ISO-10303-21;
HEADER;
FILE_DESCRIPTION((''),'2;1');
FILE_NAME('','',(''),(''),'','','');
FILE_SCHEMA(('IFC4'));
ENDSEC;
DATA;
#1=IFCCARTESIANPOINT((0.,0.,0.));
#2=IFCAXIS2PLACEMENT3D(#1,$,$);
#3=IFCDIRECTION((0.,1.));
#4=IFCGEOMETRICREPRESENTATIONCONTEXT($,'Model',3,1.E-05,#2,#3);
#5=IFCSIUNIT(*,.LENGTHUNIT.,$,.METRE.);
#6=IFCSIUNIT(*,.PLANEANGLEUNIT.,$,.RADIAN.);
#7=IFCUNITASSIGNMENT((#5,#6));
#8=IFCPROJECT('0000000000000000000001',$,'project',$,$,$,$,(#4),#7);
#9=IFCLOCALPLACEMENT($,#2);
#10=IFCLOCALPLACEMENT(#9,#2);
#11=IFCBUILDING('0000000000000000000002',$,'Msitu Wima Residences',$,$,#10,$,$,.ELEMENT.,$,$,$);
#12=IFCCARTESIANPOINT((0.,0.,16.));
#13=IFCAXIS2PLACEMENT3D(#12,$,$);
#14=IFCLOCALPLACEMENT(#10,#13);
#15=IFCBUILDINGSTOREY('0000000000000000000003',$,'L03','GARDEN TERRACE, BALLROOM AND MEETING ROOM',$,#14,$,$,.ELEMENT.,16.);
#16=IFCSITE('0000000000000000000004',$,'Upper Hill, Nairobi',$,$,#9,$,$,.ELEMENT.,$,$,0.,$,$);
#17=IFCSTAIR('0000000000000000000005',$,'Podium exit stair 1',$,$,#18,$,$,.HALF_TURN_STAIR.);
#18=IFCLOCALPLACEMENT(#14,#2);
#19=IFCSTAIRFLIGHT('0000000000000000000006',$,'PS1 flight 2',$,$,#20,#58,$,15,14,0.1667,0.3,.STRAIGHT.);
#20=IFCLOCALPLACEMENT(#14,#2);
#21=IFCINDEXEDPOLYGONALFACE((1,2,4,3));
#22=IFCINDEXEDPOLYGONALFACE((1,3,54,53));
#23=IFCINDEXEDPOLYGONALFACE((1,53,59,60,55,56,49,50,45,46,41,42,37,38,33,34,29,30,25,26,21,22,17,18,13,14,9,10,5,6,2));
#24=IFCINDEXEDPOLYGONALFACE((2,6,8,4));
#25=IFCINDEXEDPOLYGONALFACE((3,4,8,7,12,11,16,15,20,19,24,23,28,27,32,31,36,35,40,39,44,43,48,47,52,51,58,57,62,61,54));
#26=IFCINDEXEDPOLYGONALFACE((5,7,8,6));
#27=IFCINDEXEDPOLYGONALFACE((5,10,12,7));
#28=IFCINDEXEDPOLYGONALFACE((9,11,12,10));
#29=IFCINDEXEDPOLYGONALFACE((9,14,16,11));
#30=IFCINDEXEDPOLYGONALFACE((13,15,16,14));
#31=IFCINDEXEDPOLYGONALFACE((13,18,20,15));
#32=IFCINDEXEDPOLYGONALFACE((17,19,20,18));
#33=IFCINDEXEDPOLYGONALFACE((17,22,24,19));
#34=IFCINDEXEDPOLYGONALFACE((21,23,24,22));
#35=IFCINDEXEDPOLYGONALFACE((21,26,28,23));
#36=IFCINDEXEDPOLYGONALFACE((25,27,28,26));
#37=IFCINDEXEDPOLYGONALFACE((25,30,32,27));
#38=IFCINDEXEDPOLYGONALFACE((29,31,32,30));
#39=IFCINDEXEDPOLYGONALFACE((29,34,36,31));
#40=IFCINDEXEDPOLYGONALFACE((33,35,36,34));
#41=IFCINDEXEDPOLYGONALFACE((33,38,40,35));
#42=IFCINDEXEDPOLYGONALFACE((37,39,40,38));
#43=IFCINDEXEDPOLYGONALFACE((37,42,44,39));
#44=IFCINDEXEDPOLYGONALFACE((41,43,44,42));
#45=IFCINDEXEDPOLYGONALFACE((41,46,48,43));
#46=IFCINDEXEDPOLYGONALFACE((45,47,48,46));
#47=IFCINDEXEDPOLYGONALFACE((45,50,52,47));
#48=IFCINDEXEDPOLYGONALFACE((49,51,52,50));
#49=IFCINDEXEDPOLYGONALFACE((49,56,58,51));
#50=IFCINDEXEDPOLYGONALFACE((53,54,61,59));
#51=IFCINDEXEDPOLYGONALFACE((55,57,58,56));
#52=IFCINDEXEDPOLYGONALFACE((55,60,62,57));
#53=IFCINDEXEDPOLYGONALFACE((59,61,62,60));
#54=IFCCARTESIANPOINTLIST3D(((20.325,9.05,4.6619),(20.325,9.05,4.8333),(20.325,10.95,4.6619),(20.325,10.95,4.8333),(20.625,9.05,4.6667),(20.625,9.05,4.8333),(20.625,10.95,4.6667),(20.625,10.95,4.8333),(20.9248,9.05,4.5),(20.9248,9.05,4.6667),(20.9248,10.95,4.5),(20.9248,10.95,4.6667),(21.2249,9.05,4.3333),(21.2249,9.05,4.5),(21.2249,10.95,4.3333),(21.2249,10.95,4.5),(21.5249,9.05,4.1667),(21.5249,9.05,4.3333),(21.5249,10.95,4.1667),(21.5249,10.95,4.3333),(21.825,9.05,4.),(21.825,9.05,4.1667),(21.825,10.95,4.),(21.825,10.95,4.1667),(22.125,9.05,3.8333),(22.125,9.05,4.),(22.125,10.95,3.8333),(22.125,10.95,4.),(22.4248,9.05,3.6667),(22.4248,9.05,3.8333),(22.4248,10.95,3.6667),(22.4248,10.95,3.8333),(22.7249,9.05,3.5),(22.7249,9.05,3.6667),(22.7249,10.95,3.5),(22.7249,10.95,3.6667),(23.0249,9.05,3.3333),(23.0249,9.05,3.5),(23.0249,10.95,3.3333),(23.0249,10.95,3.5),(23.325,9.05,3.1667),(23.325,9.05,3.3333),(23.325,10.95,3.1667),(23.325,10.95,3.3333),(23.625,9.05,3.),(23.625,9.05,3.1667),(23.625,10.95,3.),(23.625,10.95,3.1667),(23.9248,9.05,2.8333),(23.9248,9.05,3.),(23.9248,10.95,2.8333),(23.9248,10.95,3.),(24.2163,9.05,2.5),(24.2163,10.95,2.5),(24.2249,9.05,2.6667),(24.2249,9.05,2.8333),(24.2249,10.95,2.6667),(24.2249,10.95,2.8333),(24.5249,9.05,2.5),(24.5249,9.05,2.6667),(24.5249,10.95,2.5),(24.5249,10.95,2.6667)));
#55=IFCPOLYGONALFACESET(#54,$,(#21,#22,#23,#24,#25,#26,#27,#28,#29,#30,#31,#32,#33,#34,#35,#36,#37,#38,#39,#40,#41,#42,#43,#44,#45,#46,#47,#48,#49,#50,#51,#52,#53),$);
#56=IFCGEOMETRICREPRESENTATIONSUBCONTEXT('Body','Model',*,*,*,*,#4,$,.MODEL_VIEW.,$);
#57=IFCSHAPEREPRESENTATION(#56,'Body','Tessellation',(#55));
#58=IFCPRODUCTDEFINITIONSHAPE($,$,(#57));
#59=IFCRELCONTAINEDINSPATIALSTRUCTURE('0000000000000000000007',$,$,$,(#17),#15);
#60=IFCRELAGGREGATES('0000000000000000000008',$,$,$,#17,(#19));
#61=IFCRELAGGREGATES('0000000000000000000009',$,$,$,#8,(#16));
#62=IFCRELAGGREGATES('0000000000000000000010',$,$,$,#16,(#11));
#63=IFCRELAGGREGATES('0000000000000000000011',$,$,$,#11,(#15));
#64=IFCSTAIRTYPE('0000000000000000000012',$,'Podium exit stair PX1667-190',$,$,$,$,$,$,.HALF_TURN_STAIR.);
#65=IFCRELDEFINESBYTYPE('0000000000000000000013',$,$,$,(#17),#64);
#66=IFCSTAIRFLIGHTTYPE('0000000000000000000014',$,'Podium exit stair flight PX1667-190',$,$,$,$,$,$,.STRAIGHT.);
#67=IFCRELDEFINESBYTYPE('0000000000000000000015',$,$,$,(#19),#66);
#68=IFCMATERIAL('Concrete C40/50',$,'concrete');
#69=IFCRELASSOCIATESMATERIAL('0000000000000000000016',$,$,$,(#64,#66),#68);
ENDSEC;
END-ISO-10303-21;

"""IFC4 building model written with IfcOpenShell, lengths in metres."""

from ifc_helpers import new_model, si_unit, direction, frame, origin, place, context, subcontext, project, spatial, polyline, outline, extrude, material, type_object, element, aggregate, save


model = new_model("IFC4")

# Units and contexts
model_context = context("Model", 3, precision=1e-05, world=origin(), true_north=direction((0.0, 1.0)))
body_context = subcontext(model_context, "Body", "Model", "MODEL_VIEW")
ifc_project = project(units=[si_unit("LENGTHUNIT", "METRE"), si_unit("PLANEANGLEUNIT", "RADIAN")], contexts=[model_context])

# Site, building, storey
site_placement = place(None, origin())
site = spatial("IfcSite", under=ifc_project, at=site_placement, Name="Upper Hill, Nairobi", CompositionType="ELEMENT", RefElevation=0.0)
building_placement = place(site_placement, origin())
building = spatial("IfcBuilding", under=site, at=building_placement, Name="Msitu Wima Residences", CompositionType="ELEMENT")
storey_placement = place(building_placement, frame((0.0, 0.0, 16.0)))
storey = spatial("IfcBuildingStorey", under=building, at=storey_placement, Name="L03", Description="GARDEN TERRACE, BALLROOM AND MEETING ROOM", CompositionType="ELEMENT", Elevation=16.0)

# Shared definitions
ifc_material_1 = material(Name="Concrete C40/50", Category="concrete")

# Stair, stair flight
stair_type = type_object("IfcStairType", Name="Podium exit stair PX1667-190", PredefinedType="HALF_TURN_STAIR", material=ifc_material_1)
stair_placement = place(storey_placement, origin())
stair = element("IfcStair", 1, at=stair_placement, inside=storey, type_object=stair_type, Name="Podium exit stair 1", PredefinedType="HALF_TURN_STAIR")
stair_flight_type = type_object("IfcStairFlightType", Name="Podium exit stair flight PX1667-190", PredefinedType="STRAIGHT", material=ifc_material_1)
stair_flight_1_placement = place(storey_placement, frame((24.5249, 10.0, 2.5), z_axis=(0.0, 0.0, 1.0), x_axis=(-1.0, 0.0, 0.0)))
stair_flight_1 = element("IfcStairFlight", 2, at=stair_flight_1_placement, type_object=stair_flight_type, Name="PS1 flight 2", NumberOfRisers=15, NumberOfTreads=14, PredefinedType="STRAIGHT", RiserHeight=0.1667, TreadLength=0.3, context=body_context, shape_type="SweptSolid", body=[
    extrude(outline(polyline([(0.0, 0.0), (0.0, 0.1667), (0.3, 0.1667), (0.3, 0.3333), (0.6001, 0.3333), (0.6001, 0.5), (0.8999, 0.5), (0.8999, 0.6667), (1.2, 0.6667), (1.2, 0.8333), (1.5, 0.8333), (1.5, 1.0), (1.8, 1.0), (1.8, 1.1667), (2.1001, 1.1667), (2.1001, 1.3333), (2.3999, 1.3333), (2.3999, 1.5), (2.7, 1.5), (2.7, 1.6667), (3.0, 1.6667), (3.0, 1.8333), (3.3, 1.8333), (3.3, 2.0), (3.6001, 2.0), (3.6001, 2.1667), (3.8999, 2.1667), (3.8999, 2.3333), (4.2, 2.3333), (4.2, 2.5), (4.2, 2.1619), (0.3086, 0.0), (0.0, 0.0)])), frame((0.0, 0.95, 0.0), z_axis=(0.0, -1.0, 0.0), x_axis=(1.0, 0.0, 0.0)), (0.0, 0.0, 1.0), 1.8999),
])
aggregate(stair, [stair_flight_1])

save(model, "model.ifc")
